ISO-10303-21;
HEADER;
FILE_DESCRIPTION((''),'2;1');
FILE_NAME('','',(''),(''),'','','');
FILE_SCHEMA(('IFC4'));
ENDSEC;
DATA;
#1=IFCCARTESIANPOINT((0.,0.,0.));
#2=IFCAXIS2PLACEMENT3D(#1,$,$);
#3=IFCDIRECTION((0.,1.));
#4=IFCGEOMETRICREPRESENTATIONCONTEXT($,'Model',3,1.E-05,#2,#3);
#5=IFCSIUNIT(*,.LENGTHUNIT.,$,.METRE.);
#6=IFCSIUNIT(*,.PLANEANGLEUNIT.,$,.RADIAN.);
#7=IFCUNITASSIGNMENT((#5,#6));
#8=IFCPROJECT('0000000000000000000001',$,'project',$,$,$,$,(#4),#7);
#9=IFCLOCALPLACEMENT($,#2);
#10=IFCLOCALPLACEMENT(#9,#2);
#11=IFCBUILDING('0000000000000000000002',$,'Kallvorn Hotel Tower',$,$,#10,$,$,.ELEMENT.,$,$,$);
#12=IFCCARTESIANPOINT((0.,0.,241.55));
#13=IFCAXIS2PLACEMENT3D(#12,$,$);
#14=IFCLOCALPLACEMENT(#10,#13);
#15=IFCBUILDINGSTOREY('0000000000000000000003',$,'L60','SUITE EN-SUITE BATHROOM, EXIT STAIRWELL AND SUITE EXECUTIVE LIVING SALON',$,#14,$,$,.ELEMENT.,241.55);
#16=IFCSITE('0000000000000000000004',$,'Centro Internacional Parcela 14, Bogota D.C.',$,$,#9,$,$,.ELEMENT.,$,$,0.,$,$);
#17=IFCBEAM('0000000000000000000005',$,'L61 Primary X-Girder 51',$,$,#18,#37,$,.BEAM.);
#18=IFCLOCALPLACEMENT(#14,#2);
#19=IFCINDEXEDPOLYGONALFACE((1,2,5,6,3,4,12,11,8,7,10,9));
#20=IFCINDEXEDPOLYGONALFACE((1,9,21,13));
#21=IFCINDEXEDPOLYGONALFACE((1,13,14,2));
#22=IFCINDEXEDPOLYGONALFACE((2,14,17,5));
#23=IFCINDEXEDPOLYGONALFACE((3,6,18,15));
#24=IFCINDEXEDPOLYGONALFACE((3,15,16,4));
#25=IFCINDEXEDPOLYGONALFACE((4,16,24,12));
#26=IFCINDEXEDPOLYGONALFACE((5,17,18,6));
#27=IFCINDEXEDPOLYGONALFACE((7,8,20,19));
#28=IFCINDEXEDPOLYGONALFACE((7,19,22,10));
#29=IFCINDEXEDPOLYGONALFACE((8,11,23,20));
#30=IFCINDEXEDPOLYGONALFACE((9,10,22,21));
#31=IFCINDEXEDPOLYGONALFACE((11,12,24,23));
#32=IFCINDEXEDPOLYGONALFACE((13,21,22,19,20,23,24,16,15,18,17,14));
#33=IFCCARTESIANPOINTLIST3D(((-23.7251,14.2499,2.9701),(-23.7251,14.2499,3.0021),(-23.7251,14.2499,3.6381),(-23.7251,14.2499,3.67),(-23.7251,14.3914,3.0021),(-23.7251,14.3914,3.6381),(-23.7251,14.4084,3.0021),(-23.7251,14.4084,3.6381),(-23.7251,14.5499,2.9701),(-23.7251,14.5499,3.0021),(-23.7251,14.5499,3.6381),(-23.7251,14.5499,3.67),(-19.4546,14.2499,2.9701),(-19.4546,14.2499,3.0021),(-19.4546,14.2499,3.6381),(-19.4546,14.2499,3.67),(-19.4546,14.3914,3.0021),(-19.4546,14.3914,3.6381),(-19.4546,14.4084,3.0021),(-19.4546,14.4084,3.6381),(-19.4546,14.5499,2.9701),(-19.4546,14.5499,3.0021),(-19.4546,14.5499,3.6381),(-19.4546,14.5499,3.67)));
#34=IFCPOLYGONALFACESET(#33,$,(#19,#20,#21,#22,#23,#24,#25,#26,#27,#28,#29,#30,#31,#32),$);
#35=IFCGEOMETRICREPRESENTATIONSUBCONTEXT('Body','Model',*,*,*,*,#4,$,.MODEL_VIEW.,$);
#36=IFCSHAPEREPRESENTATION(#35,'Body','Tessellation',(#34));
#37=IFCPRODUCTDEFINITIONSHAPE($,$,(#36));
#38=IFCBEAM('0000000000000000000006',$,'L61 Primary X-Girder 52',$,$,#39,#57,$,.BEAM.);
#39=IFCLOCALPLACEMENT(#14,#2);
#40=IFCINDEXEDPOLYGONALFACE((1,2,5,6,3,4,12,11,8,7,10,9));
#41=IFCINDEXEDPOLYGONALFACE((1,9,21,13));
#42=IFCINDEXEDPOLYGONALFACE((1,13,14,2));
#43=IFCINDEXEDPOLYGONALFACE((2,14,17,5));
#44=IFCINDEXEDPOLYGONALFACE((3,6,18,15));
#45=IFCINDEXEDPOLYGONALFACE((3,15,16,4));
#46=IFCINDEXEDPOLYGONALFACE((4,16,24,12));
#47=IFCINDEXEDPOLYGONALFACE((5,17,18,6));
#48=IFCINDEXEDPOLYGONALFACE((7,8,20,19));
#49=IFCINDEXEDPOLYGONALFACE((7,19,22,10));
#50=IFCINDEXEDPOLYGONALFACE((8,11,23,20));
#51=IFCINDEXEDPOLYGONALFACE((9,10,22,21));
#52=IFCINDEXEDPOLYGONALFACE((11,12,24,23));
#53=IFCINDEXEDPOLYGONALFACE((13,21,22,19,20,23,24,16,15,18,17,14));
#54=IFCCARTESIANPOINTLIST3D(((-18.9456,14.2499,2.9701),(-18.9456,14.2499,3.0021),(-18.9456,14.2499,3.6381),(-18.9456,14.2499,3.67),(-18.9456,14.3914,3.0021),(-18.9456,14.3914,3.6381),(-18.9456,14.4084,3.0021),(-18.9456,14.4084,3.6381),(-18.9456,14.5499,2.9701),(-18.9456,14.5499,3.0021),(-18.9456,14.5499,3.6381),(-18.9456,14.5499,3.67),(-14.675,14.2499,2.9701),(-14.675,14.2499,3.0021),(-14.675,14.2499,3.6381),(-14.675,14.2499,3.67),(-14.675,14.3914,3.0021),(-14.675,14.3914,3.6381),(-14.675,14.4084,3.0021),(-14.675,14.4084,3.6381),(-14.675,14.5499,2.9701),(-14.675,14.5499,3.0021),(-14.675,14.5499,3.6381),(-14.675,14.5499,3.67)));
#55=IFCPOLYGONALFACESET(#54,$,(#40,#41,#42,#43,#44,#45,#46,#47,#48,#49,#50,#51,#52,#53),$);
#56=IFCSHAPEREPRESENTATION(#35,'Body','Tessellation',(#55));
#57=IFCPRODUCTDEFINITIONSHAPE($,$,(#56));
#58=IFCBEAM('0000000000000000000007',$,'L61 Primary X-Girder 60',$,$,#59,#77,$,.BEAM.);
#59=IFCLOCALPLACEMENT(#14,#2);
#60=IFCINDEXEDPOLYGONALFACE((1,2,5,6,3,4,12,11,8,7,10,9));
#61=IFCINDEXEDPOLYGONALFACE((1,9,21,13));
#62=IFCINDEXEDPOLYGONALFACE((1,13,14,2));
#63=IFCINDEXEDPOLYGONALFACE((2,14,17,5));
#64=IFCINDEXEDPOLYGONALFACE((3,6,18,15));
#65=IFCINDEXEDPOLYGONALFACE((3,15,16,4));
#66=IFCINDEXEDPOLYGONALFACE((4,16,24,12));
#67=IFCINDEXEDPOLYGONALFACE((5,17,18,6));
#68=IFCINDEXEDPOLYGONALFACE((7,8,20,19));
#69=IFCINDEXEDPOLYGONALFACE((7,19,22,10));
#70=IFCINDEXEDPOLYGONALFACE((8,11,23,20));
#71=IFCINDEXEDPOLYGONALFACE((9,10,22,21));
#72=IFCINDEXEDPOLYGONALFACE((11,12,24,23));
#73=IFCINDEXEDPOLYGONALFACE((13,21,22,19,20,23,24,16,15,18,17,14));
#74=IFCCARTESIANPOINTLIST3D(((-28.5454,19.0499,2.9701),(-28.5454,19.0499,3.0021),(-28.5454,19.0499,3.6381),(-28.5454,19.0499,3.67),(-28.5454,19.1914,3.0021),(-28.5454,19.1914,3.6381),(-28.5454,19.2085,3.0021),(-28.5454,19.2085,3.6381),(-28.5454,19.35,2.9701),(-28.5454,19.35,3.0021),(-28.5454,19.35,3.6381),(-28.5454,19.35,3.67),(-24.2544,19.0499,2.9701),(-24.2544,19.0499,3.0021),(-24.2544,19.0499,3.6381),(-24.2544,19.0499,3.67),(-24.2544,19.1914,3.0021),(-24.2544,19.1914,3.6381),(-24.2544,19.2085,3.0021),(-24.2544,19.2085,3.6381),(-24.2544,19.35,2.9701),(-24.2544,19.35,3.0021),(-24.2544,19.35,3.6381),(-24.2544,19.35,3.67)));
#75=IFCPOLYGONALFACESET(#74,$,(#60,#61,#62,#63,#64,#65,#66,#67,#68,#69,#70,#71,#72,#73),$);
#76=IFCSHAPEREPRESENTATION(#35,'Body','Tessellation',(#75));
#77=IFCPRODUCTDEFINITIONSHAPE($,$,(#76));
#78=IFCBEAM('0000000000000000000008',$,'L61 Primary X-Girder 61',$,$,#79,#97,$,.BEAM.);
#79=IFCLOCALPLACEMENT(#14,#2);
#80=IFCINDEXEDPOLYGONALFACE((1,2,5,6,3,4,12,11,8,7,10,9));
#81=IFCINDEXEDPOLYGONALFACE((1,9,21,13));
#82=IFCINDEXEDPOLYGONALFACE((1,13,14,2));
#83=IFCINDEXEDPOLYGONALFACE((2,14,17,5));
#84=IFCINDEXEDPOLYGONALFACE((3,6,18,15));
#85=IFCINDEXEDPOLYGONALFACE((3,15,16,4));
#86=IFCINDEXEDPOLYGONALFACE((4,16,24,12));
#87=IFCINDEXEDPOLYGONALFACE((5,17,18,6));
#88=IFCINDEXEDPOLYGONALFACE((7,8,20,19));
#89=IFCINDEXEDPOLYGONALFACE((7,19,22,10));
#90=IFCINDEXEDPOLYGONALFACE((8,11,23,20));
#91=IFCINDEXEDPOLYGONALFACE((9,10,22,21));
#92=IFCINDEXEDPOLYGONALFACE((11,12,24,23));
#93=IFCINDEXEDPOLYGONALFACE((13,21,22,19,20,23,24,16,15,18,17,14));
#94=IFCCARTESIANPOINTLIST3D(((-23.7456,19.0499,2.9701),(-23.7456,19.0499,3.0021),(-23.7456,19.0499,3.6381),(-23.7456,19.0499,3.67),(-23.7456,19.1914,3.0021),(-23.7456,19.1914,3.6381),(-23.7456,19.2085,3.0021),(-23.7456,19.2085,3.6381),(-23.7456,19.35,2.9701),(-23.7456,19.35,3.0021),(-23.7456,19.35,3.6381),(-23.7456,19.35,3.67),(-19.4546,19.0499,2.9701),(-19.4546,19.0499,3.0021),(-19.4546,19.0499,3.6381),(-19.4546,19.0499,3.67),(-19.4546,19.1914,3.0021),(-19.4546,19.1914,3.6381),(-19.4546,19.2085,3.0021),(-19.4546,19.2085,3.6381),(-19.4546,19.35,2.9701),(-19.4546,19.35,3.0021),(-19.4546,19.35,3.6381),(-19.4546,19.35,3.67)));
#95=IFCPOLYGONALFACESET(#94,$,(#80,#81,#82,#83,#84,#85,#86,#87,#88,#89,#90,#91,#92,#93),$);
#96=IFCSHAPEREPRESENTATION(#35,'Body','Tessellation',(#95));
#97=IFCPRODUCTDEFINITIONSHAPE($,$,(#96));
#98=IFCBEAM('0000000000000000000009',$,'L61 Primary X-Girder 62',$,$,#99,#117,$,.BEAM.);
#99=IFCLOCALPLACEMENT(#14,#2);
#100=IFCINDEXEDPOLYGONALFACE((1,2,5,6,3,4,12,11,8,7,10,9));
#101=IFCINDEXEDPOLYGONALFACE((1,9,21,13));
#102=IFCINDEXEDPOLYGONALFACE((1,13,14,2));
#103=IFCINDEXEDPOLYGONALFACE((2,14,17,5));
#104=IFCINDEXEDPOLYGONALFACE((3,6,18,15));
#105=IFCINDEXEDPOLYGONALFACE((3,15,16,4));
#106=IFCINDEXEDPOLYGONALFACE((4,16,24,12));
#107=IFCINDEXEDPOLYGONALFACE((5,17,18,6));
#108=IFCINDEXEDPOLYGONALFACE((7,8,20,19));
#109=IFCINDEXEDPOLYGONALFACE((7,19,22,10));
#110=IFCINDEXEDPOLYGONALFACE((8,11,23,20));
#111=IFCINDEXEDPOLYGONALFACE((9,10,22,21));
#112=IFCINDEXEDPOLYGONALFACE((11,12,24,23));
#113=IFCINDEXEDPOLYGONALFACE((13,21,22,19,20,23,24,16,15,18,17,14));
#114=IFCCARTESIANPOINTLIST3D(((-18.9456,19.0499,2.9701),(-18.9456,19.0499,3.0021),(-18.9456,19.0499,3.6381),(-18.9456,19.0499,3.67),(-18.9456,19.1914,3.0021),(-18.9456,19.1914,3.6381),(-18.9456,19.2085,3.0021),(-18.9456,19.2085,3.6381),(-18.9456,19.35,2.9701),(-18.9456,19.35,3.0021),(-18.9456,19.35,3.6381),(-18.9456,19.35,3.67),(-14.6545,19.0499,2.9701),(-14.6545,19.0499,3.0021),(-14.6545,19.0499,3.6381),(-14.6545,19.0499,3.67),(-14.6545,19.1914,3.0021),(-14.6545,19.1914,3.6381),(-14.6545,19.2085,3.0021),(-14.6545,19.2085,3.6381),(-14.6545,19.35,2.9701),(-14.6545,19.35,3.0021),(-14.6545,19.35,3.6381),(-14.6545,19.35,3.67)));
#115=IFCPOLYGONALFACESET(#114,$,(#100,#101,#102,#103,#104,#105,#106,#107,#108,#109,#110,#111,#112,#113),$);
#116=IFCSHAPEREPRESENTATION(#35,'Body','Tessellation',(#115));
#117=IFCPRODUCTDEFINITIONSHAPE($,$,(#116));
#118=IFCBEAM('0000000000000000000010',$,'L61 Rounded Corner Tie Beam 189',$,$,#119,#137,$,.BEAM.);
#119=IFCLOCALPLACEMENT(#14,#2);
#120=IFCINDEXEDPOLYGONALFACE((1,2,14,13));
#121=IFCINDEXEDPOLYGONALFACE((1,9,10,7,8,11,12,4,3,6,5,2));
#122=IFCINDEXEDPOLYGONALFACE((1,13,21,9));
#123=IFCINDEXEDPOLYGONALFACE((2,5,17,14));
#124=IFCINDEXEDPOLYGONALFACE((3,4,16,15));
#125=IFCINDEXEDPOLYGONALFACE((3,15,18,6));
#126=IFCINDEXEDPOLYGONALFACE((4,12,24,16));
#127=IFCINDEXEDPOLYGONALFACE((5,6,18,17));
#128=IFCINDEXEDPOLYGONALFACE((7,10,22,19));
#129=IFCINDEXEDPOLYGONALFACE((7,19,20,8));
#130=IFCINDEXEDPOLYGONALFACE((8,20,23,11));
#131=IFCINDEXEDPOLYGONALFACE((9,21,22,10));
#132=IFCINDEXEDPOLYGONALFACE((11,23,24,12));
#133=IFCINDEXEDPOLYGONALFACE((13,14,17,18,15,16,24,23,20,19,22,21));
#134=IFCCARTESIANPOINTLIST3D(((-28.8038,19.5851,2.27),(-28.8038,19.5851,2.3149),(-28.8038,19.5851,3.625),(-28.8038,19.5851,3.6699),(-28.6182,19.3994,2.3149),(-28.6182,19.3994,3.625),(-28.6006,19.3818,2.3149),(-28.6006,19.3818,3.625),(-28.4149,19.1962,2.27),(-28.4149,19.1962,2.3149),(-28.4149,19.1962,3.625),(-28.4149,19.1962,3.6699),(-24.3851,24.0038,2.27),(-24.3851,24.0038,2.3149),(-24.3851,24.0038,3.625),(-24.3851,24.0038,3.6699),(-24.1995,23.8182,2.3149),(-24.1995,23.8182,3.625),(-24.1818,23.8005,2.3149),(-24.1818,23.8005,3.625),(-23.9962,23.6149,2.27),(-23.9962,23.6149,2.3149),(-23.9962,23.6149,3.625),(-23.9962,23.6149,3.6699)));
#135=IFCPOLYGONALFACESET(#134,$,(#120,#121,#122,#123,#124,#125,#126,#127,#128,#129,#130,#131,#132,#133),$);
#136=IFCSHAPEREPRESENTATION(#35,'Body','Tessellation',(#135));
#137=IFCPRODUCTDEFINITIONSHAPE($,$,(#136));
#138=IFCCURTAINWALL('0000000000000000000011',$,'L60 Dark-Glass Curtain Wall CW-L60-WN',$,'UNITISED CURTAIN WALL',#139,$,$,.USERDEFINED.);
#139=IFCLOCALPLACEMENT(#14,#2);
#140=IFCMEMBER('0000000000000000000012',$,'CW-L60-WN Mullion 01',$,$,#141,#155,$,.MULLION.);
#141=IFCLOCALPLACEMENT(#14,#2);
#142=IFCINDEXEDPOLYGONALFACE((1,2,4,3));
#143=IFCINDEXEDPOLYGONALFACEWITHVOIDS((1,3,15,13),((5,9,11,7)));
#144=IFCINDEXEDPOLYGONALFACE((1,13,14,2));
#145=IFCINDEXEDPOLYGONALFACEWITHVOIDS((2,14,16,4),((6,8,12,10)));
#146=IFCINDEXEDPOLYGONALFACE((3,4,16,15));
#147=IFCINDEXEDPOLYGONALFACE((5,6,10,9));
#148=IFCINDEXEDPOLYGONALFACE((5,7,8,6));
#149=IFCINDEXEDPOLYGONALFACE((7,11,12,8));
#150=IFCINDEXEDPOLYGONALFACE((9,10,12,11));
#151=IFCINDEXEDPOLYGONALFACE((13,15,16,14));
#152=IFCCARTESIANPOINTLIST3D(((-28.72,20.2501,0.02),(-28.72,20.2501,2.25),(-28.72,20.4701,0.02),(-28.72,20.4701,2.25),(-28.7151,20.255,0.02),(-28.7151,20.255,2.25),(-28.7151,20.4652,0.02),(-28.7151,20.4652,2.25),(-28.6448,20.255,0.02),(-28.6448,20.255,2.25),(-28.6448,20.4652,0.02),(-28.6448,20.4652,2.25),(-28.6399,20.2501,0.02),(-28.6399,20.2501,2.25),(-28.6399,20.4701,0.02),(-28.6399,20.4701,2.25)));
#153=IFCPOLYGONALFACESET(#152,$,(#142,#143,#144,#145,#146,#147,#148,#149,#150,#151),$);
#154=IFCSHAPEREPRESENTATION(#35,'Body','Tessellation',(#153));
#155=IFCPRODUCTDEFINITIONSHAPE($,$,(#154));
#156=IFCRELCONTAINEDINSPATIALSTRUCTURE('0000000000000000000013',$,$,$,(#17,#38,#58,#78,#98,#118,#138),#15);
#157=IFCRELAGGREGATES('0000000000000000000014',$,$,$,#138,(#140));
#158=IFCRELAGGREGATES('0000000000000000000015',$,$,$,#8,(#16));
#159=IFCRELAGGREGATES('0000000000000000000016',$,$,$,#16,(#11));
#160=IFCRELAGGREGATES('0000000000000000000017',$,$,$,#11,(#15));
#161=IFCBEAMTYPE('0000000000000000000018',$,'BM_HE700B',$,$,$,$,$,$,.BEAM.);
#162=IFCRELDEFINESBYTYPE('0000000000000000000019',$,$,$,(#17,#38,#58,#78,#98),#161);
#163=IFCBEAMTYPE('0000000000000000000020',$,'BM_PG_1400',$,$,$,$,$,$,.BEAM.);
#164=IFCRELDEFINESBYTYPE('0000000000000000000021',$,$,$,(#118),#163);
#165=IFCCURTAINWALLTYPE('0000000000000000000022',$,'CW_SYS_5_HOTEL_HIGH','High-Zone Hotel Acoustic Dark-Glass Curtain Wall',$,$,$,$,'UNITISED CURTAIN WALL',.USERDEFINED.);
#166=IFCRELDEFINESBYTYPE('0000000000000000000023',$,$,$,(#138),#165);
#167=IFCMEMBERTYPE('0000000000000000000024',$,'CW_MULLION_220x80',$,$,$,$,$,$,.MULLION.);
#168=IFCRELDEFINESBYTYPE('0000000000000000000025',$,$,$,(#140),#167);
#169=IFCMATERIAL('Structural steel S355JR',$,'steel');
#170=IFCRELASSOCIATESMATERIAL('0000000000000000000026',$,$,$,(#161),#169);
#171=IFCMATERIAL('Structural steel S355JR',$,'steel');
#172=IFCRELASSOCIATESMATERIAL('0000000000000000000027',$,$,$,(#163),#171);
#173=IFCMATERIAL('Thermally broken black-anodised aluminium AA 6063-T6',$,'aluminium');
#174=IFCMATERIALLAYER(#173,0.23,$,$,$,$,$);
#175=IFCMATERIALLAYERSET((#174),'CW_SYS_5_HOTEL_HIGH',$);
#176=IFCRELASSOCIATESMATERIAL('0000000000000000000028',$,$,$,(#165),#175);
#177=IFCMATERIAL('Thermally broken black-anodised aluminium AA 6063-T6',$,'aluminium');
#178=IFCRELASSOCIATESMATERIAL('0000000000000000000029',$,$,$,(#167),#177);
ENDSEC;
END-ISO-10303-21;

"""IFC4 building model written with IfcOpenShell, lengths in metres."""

from ifc_helpers import new_model, si_unit, direction, frame, origin, origin_2d, place, context, subcontext, project, spatial, hollow_rectangle, i_section, extrude, material, layer, layer_set, material_profile, profile_set, type_object, element, aggregate, save


model = new_model("IFC4")

# Units and contexts
model_context = context("Model", 3, precision=1e-05, world=origin(), true_north=direction((0.0, 1.0)))
body_context = subcontext(model_context, "Body", "Model", "MODEL_VIEW")
ifc_project = project(units=[si_unit("LENGTHUNIT", "METRE"), si_unit("PLANEANGLEUNIT", "RADIAN")], contexts=[model_context])

# Site, building, storey
site_placement = place(None, origin())
site = spatial("IfcSite", under=ifc_project, at=site_placement, Name="Centro Internacional Parcela 14, Bogota D.C.", CompositionType="ELEMENT", RefElevation=0.0)
building_placement = place(site_placement, origin())
building = spatial("IfcBuilding", under=site, at=building_placement, Name="Kallvorn Hotel Tower", CompositionType="ELEMENT")
storey_placement = place(building_placement, frame((0.0, 0.0, 241.55)))
storey = spatial("IfcBuildingStorey", under=building, at=storey_placement, Name="L60", Description="SUITE EN-SUITE BATHROOM, EXIT STAIRWELL AND SUITE EXECUTIVE LIVING SALON", CompositionType="ELEMENT", Elevation=241.55)

# Beams
ifc_material_1 = material(Name="Structural steel S355JR", Category="steel")
ifc_material_profile_1 = material_profile(ifc_material_1, i_section(OverallWidth=0.3, OverallDepth=0.7, WebThickness=0.0171, FlangeThickness=0.032, at=origin_2d()), Name="HE 700 B")
ifc_profile_set_1 = profile_set([ifc_material_profile_1], Name="Structural steel S355JR")
beam_type_1 = type_object("IfcBeamType", Name="BM_HE700B", PredefinedType="BEAM", material=ifc_profile_set_1)
for number, where, z_axis, x_axis, name in (
    (1, (-23.7251, 14.3999, 3.3201), (1.0, 0.0, 0.0), (0.0, 1.0, 0.0), "L61 Primary X-Girder 51"),
    (2, (-18.9456, 14.3999, 3.3201), (1.0, 0.0, 0.0), (0.0, 1.0, 0.0), "L61 Primary X-Girder 52"),
):
    element("IfcBeam", number, at=place(storey_placement, frame(where, z_axis=z_axis, x_axis=x_axis)), inside=storey, type_object=beam_type_1, Name=name, PredefinedType="BEAM", context=body_context, shape_type="SweptSolid", body=[
        extrude(i_section(OverallWidth=0.3, OverallDepth=0.7, WebThickness=0.0171, FlangeThickness=0.032, at=origin_2d()), origin(), (0.0, 0.0, 1.0), 4.2705),
    ])
for number, where, z_axis, x_axis, name in (
    (3, (-28.5454, 19.2, 3.3201), (1.0, 0.0, 0.0), (0.0, 1.0, 0.0), "L61 Primary X-Girder 60"),
    (4, (-23.7456, 19.2, 3.3201), (1.0, 0.0, 0.0), (0.0, 1.0, 0.0), "L61 Primary X-Girder 61"),
    (5, (-18.9456, 19.2, 3.3201), (1.0, 0.0, 0.0), (0.0, 1.0, 0.0), "L61 Primary X-Girder 62"),
):
    element("IfcBeam", number, at=place(storey_placement, frame(where, z_axis=z_axis, x_axis=x_axis)), inside=storey, type_object=beam_type_1, Name=name, PredefinedType="BEAM", context=body_context, shape_type="SweptSolid", body=[
        extrude(i_section(OverallWidth=0.3, OverallDepth=0.7, WebThickness=0.0171, FlangeThickness=0.032, at=origin_2d()), origin(), (0.0, 0.0, 1.0), 4.291),
    ])
ifc_material_2 = material(Name="Structural steel S355JR", Category="steel")
ifc_material_profile_2 = material_profile(ifc_material_2, i_section(OverallWidth=0.55, OverallDepth=1.3999, WebThickness=0.0249, FlangeThickness=0.0449, at=origin_2d()), Name="PG 1400x550x25x45")
ifc_profile_set_2 = profile_set([ifc_material_profile_2], Name="Structural steel S355JR")
beam_type_2 = type_object("IfcBeamType", Name="BM_PG_1400", PredefinedType="BEAM", material=ifc_profile_set_2)
beam_1_placement = place(storey_placement, frame((-28.6094, 19.3906, 2.97), z_axis=(0.707107, 0.707107, 0.0), x_axis=(-0.707107, 0.707107, 0.0)))
element("IfcBeam", 6, at=beam_1_placement, inside=storey, type_object=beam_type_2, Name="L61 Rounded Corner Tie Beam 189", PredefinedType="BEAM", context=body_context, shape_type="SweptSolid", body=[
    extrude(i_section(OverallWidth=0.55, OverallDepth=1.3999, WebThickness=0.0249, FlangeThickness=0.0449, at=origin_2d()), origin(), (0.0, 0.0, 1.0), 6.249),
])

# Curtain wall, member
ifc_material_3 = material(Name="Thermally broken black-anodised aluminium AA 6063-T6", Category="aluminium")
ifc_layer_1 = layer(ifc_material_3, 0.23)
ifc_layer_set_1 = layer_set([ifc_layer_1], Name="CW_SYS_5_HOTEL_HIGH")
curtain_wall_type = type_object("IfcCurtainWallType", Name="CW_SYS_5_HOTEL_HIGH", Description="High-Zone Hotel Acoustic Dark-Glass Curtain Wall", ElementType="UNITISED CURTAIN WALL", PredefinedType="USERDEFINED", material=ifc_layer_set_1)
curtain_wall_placement = place(storey_placement, origin())
curtain_wall = element("IfcCurtainWall", 7, at=curtain_wall_placement, inside=storey, type_object=curtain_wall_type, Name="L60 Dark-Glass Curtain Wall CW-L60-WN", ObjectType="UNITISED CURTAIN WALL", PredefinedType="USERDEFINED")
ifc_material_4 = material(Name="Thermally broken black-anodised aluminium AA 6063-T6", Category="aluminium")
ifc_material_profile_3 = material_profile(ifc_material_4, hollow_rectangle(XDim=0.0801, YDim=0.22, WallThickness=0.0049, at=origin_2d()), Name="MUL 220x80")
ifc_profile_set_3 = profile_set([ifc_material_profile_3], Name="Thermally broken black-anodised aluminium AA 6063-T6")
member_type_1 = type_object("IfcMemberType", Name="CW_MULLION_220x80", PredefinedType="MULLION", material=ifc_profile_set_3)
member_placement = place(storey_placement, frame((-28.6799, 20.3601, 0.02), z_axis=(0.0, 0.0, 1.0), x_axis=(1.0, 0.0, 0.0)))
member = element("IfcMember", 8, at=member_placement, type_object=member_type_1, Name="CW-L60-WN Mullion 01", PredefinedType="MULLION", context=body_context, shape_type="SweptSolid", body=[
    extrude(hollow_rectangle(XDim=0.0801, YDim=0.22, WallThickness=0.0049, at=origin_2d()), origin(), (0.0, 0.0, 1.0), 2.23),
])
aggregate(curtain_wall, [member])

save(model, "model.ifc")
